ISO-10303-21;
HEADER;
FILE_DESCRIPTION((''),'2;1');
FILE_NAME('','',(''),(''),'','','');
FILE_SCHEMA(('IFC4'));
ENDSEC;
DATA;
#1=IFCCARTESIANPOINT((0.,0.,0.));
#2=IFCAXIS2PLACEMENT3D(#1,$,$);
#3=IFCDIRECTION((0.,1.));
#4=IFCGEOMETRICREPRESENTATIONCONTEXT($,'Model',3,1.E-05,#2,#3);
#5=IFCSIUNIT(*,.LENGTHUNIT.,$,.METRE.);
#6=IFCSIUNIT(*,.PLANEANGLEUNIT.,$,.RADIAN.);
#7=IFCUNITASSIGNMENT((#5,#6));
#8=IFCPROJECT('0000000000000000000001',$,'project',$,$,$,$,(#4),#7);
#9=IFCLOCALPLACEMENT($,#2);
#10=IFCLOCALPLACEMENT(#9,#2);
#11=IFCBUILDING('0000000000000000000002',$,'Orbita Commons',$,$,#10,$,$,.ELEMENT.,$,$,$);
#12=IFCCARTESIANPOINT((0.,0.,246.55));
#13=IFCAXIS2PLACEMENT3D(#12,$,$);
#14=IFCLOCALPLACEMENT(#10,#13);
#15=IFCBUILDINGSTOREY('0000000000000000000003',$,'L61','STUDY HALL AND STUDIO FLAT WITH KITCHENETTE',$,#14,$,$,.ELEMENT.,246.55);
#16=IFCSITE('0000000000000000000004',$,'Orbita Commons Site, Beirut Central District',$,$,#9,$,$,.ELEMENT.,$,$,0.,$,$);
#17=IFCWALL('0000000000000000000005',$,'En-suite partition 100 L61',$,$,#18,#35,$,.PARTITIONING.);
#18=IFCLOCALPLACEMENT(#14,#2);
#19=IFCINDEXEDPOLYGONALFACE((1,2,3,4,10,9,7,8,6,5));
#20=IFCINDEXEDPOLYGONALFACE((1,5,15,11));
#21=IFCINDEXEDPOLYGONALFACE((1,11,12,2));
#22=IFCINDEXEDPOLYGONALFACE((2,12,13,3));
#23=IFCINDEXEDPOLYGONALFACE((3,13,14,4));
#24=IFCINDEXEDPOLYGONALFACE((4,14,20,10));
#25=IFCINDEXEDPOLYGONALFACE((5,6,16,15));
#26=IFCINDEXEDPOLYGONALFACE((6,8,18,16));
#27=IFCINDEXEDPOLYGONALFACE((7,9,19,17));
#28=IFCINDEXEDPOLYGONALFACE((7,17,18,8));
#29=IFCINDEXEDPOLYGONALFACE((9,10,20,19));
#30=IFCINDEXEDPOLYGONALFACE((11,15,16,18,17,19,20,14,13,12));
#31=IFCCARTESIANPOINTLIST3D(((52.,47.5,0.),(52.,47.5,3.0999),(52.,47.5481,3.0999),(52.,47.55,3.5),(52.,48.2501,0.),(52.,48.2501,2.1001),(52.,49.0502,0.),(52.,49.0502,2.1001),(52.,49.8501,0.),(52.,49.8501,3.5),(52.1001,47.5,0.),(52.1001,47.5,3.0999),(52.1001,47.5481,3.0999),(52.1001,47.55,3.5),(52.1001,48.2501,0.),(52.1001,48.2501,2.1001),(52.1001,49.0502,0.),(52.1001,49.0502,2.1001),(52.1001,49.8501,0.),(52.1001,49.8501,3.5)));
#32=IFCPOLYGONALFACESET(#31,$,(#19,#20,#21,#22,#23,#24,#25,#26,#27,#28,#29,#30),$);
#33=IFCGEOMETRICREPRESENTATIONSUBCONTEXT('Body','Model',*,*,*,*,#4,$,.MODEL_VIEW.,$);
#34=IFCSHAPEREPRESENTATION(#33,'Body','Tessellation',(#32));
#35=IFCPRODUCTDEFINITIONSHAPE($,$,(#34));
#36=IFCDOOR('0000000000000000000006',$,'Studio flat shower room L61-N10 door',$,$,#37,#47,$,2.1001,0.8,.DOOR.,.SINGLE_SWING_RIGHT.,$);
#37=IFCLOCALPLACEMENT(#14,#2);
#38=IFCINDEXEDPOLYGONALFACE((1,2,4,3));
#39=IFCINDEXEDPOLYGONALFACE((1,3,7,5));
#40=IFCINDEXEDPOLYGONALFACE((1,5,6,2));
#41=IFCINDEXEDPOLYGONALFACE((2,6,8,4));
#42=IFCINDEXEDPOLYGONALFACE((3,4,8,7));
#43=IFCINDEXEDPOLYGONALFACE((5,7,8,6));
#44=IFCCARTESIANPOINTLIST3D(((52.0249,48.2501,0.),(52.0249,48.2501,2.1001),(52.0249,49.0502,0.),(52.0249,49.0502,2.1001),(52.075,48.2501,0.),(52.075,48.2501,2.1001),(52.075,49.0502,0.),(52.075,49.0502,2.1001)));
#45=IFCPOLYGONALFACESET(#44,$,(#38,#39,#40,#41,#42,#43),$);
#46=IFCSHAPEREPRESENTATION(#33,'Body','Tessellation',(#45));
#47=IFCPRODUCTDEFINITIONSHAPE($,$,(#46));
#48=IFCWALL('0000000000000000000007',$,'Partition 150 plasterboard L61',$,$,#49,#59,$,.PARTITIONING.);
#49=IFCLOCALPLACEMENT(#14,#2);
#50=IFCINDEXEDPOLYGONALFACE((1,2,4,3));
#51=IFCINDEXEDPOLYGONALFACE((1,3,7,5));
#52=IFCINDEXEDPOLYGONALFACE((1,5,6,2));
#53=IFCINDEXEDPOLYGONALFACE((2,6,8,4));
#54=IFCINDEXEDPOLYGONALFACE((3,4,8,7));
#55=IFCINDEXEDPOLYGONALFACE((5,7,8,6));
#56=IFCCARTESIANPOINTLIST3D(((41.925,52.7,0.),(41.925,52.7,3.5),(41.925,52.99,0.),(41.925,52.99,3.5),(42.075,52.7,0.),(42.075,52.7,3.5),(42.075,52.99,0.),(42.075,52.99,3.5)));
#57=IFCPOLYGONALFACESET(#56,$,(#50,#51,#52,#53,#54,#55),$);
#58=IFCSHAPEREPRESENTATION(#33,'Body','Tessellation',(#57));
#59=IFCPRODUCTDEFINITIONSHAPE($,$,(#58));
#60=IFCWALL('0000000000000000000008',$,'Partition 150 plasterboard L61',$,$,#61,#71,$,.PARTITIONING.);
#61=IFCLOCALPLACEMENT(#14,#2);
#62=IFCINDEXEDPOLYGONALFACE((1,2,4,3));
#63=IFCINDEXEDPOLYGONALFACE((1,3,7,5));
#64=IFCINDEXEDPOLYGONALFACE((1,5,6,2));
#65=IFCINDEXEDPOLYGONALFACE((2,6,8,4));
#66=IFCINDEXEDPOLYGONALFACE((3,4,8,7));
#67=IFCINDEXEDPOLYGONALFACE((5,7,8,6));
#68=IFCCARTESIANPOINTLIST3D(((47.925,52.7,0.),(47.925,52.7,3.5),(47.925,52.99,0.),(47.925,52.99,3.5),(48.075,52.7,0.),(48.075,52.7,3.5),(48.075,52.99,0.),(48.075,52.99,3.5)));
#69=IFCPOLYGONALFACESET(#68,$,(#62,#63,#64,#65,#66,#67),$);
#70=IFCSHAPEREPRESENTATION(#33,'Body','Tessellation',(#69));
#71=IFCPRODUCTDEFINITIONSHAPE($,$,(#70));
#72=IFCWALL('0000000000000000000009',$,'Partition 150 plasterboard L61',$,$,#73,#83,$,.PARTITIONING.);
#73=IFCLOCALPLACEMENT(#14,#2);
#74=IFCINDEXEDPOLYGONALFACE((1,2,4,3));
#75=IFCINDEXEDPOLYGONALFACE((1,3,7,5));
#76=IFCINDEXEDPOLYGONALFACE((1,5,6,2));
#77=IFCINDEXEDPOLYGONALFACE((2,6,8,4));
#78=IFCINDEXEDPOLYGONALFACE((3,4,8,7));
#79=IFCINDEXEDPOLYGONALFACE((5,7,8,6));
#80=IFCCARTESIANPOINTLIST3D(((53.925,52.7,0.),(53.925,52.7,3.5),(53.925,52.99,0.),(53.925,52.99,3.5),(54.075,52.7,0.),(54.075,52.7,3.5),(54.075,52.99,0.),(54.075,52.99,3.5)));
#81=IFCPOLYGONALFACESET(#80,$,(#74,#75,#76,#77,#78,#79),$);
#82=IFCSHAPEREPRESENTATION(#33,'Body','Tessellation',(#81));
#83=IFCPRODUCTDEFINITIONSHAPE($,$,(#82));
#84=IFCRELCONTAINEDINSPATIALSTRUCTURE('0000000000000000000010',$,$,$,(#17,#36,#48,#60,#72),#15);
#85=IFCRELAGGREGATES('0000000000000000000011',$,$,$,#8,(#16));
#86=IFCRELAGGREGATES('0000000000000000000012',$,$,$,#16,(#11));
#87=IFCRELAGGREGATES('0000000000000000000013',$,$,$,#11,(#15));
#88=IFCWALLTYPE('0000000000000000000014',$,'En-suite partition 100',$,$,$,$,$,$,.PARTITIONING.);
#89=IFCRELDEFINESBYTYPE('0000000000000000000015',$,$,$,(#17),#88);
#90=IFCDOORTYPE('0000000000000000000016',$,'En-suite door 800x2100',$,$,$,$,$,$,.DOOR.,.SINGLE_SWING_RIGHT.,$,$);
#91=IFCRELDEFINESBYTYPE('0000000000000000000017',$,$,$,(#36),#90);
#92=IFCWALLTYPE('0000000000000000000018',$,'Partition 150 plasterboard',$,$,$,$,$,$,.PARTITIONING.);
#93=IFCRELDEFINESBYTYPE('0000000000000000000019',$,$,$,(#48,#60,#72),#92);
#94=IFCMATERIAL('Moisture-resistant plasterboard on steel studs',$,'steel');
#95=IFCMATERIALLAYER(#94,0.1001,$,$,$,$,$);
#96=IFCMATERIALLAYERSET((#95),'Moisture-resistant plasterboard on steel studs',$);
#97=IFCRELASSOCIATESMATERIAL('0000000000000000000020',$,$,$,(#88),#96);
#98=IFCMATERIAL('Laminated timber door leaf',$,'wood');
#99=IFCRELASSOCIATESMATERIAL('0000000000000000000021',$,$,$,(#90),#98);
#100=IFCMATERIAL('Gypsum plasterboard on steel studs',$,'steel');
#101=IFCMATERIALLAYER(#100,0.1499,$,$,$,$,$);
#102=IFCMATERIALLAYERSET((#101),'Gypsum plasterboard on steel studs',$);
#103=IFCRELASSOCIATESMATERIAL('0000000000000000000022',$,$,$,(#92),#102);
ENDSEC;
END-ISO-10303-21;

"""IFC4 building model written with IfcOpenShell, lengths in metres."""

from ifc_helpers import new_model, si_unit, direction, frame, frame_2d, origin, place, context, subcontext, project, spatial, polyline, rectangle, outline, extrude, material, layer, layer_set, type_object, element, fill, save


model = new_model("IFC4")

# Units and contexts
model_context = context("Model", 3, precision=1e-05, world=origin(), true_north=direction((0.0, 1.0)))
body_context = subcontext(model_context, "Body", "Model", "MODEL_VIEW")
ifc_project = project(units=[si_unit("LENGTHUNIT", "METRE"), si_unit("PLANEANGLEUNIT", "RADIAN")], contexts=[model_context])

# Site, building, storey
site_placement = place(None, origin())
site = spatial("IfcSite", under=ifc_project, at=site_placement, Name="Orbita Commons Site, Beirut Central District", CompositionType="ELEMENT", RefElevation=0.0)
building_placement = place(site_placement, origin())
building = spatial("IfcBuilding", under=site, at=building_placement, Name="Orbita Commons", CompositionType="ELEMENT")
storey_placement = place(building_placement, frame((0.0, 0.0, 246.55)))
storey = spatial("IfcBuildingStorey", under=building, at=storey_placement, Name="L61", Description="STUDY HALL AND STUDIO FLAT WITH KITCHENETTE", CompositionType="ELEMENT", Elevation=246.55)

# Shared definitions
ifc_material_1 = material(Name="Moisture-resistant plasterboard on steel studs", Category="steel")
ifc_layer_1 = layer(ifc_material_1, 0.1001)
ifc_layer_set_1 = layer_set([ifc_layer_1], Name="Moisture-resistant plasterboard on steel studs")
wall_type_1 = type_object("IfcWallType", Name="En-suite partition 100", PredefinedType="PARTITIONING", material=ifc_layer_set_1)
ifc_material_2 = material(Name="Laminated timber door leaf", Category="wood")
door_type = type_object("IfcDoorType", Name="En-suite door 800x2100", OperationType="SINGLE_SWING_RIGHT", PredefinedType="DOOR", material=ifc_material_2)

# Wall, opening, door
wall_1_placement = place(storey_placement, frame((52.05, 49.8501, 0.0), z_axis=(0.0, 0.0, 1.0), x_axis=(0.0, -1.0, 0.0)))
wall_1 = element("IfcWall", 1, at=wall_1_placement, inside=storey, type_object=wall_type_1, Name="En-suite partition 100 L61", PredefinedType="PARTITIONING", context=body_context, shape_type="SweptSolid", body=[
    extrude(outline(polyline([(0.0, 0.0), (2.3501, 0.0), (2.3501, 3.0999), (2.302, 3.0999), (2.3, 3.5), (0.0, 3.5), (0.0, 0.0)])), frame((0.0, 0.05, 0.0), z_axis=(0.0, -1.0, 0.0), x_axis=(1.0, 0.0, 0.0)), (0.0, 0.0, 1.0), 0.1001),
])
opening_1_placement = place(wall_1_placement, frame((0.8, 0.0, 0.0)))
opening_1 = element("IfcOpeningElement", 2, at=opening_1_placement, cuts=wall_1, PredefinedType="OPENING", context=body_context, shape_type="SweptSolid", body=[
    extrude(rectangle(XDim=0.8, YDim=2.1001, at=frame_2d((0.3999, 1.05))), frame((0.0, 0.0601, 0.0), z_axis=(0.0, -1.0, 0.0), x_axis=(1.0, 0.0, 0.0)), (0.0, 0.0, 1.0), 0.1201),
])
door_1_placement = place(opening_1_placement, origin())
door_1 = element("IfcDoor", 3, at=door_1_placement, inside=storey, type_object=door_type, Name="Studio flat shower room L61-N10 door", OperationType="SINGLE_SWING_RIGHT", OverallHeight=2.1001, OverallWidth=0.8, PredefinedType="DOOR", context=body_context, shape_type="SweptSolid", body=[
    extrude(rectangle(XDim=0.8, YDim=2.1001, at=frame_2d((0.3999, 1.05))), frame((0.0, 0.0249, 0.0), z_axis=(0.0, -1.0, 0.0), x_axis=(1.0, 0.0, 0.0)), (0.0, 0.0, 1.0), 0.05),
])
fill(opening_1, door_1)

# Walls
ifc_material_3 = material(Name="Gypsum plasterboard on steel studs", Category="steel")
ifc_layer_2 = layer(ifc_material_3, 0.1499)
ifc_layer_set_2 = layer_set([ifc_layer_2], Name="Gypsum plasterboard on steel studs")
wall_type_2 = type_object("IfcWallType", Name="Partition 150 plasterboard", PredefinedType="PARTITIONING", material=ifc_layer_set_2)
for number, where, z_axis, x_axis, name in (
    (4, (42.0, 52.7, 0.0), (0.0, 0.0, 1.0), (0.0, 1.0, 0.0), "Partition 150 plasterboard L61"),
    (5, (48.0, 52.7, 0.0), (0.0, 0.0, 1.0), (0.0, 1.0, 0.0), "Partition 150 plasterboard L61"),
    (6, (54.0, 52.7, 0.0), (0.0, 0.0, 1.0), (0.0, 1.0, 0.0), "Partition 150 plasterboard L61"),
):
    element("IfcWall", number, at=place(storey_placement, frame(where, z_axis=z_axis, x_axis=x_axis)), inside=storey, type_object=wall_type_2, Name=name, PredefinedType="PARTITIONING", context=body_context, shape_type="SweptSolid", body=[
        extrude(rectangle(XDim=0.29, YDim=0.1499, at=frame_2d((0.145, 0.0))), origin(), (0.0, 0.0, 1.0), 3.5),
    ])

save(model, "model.ifc")
